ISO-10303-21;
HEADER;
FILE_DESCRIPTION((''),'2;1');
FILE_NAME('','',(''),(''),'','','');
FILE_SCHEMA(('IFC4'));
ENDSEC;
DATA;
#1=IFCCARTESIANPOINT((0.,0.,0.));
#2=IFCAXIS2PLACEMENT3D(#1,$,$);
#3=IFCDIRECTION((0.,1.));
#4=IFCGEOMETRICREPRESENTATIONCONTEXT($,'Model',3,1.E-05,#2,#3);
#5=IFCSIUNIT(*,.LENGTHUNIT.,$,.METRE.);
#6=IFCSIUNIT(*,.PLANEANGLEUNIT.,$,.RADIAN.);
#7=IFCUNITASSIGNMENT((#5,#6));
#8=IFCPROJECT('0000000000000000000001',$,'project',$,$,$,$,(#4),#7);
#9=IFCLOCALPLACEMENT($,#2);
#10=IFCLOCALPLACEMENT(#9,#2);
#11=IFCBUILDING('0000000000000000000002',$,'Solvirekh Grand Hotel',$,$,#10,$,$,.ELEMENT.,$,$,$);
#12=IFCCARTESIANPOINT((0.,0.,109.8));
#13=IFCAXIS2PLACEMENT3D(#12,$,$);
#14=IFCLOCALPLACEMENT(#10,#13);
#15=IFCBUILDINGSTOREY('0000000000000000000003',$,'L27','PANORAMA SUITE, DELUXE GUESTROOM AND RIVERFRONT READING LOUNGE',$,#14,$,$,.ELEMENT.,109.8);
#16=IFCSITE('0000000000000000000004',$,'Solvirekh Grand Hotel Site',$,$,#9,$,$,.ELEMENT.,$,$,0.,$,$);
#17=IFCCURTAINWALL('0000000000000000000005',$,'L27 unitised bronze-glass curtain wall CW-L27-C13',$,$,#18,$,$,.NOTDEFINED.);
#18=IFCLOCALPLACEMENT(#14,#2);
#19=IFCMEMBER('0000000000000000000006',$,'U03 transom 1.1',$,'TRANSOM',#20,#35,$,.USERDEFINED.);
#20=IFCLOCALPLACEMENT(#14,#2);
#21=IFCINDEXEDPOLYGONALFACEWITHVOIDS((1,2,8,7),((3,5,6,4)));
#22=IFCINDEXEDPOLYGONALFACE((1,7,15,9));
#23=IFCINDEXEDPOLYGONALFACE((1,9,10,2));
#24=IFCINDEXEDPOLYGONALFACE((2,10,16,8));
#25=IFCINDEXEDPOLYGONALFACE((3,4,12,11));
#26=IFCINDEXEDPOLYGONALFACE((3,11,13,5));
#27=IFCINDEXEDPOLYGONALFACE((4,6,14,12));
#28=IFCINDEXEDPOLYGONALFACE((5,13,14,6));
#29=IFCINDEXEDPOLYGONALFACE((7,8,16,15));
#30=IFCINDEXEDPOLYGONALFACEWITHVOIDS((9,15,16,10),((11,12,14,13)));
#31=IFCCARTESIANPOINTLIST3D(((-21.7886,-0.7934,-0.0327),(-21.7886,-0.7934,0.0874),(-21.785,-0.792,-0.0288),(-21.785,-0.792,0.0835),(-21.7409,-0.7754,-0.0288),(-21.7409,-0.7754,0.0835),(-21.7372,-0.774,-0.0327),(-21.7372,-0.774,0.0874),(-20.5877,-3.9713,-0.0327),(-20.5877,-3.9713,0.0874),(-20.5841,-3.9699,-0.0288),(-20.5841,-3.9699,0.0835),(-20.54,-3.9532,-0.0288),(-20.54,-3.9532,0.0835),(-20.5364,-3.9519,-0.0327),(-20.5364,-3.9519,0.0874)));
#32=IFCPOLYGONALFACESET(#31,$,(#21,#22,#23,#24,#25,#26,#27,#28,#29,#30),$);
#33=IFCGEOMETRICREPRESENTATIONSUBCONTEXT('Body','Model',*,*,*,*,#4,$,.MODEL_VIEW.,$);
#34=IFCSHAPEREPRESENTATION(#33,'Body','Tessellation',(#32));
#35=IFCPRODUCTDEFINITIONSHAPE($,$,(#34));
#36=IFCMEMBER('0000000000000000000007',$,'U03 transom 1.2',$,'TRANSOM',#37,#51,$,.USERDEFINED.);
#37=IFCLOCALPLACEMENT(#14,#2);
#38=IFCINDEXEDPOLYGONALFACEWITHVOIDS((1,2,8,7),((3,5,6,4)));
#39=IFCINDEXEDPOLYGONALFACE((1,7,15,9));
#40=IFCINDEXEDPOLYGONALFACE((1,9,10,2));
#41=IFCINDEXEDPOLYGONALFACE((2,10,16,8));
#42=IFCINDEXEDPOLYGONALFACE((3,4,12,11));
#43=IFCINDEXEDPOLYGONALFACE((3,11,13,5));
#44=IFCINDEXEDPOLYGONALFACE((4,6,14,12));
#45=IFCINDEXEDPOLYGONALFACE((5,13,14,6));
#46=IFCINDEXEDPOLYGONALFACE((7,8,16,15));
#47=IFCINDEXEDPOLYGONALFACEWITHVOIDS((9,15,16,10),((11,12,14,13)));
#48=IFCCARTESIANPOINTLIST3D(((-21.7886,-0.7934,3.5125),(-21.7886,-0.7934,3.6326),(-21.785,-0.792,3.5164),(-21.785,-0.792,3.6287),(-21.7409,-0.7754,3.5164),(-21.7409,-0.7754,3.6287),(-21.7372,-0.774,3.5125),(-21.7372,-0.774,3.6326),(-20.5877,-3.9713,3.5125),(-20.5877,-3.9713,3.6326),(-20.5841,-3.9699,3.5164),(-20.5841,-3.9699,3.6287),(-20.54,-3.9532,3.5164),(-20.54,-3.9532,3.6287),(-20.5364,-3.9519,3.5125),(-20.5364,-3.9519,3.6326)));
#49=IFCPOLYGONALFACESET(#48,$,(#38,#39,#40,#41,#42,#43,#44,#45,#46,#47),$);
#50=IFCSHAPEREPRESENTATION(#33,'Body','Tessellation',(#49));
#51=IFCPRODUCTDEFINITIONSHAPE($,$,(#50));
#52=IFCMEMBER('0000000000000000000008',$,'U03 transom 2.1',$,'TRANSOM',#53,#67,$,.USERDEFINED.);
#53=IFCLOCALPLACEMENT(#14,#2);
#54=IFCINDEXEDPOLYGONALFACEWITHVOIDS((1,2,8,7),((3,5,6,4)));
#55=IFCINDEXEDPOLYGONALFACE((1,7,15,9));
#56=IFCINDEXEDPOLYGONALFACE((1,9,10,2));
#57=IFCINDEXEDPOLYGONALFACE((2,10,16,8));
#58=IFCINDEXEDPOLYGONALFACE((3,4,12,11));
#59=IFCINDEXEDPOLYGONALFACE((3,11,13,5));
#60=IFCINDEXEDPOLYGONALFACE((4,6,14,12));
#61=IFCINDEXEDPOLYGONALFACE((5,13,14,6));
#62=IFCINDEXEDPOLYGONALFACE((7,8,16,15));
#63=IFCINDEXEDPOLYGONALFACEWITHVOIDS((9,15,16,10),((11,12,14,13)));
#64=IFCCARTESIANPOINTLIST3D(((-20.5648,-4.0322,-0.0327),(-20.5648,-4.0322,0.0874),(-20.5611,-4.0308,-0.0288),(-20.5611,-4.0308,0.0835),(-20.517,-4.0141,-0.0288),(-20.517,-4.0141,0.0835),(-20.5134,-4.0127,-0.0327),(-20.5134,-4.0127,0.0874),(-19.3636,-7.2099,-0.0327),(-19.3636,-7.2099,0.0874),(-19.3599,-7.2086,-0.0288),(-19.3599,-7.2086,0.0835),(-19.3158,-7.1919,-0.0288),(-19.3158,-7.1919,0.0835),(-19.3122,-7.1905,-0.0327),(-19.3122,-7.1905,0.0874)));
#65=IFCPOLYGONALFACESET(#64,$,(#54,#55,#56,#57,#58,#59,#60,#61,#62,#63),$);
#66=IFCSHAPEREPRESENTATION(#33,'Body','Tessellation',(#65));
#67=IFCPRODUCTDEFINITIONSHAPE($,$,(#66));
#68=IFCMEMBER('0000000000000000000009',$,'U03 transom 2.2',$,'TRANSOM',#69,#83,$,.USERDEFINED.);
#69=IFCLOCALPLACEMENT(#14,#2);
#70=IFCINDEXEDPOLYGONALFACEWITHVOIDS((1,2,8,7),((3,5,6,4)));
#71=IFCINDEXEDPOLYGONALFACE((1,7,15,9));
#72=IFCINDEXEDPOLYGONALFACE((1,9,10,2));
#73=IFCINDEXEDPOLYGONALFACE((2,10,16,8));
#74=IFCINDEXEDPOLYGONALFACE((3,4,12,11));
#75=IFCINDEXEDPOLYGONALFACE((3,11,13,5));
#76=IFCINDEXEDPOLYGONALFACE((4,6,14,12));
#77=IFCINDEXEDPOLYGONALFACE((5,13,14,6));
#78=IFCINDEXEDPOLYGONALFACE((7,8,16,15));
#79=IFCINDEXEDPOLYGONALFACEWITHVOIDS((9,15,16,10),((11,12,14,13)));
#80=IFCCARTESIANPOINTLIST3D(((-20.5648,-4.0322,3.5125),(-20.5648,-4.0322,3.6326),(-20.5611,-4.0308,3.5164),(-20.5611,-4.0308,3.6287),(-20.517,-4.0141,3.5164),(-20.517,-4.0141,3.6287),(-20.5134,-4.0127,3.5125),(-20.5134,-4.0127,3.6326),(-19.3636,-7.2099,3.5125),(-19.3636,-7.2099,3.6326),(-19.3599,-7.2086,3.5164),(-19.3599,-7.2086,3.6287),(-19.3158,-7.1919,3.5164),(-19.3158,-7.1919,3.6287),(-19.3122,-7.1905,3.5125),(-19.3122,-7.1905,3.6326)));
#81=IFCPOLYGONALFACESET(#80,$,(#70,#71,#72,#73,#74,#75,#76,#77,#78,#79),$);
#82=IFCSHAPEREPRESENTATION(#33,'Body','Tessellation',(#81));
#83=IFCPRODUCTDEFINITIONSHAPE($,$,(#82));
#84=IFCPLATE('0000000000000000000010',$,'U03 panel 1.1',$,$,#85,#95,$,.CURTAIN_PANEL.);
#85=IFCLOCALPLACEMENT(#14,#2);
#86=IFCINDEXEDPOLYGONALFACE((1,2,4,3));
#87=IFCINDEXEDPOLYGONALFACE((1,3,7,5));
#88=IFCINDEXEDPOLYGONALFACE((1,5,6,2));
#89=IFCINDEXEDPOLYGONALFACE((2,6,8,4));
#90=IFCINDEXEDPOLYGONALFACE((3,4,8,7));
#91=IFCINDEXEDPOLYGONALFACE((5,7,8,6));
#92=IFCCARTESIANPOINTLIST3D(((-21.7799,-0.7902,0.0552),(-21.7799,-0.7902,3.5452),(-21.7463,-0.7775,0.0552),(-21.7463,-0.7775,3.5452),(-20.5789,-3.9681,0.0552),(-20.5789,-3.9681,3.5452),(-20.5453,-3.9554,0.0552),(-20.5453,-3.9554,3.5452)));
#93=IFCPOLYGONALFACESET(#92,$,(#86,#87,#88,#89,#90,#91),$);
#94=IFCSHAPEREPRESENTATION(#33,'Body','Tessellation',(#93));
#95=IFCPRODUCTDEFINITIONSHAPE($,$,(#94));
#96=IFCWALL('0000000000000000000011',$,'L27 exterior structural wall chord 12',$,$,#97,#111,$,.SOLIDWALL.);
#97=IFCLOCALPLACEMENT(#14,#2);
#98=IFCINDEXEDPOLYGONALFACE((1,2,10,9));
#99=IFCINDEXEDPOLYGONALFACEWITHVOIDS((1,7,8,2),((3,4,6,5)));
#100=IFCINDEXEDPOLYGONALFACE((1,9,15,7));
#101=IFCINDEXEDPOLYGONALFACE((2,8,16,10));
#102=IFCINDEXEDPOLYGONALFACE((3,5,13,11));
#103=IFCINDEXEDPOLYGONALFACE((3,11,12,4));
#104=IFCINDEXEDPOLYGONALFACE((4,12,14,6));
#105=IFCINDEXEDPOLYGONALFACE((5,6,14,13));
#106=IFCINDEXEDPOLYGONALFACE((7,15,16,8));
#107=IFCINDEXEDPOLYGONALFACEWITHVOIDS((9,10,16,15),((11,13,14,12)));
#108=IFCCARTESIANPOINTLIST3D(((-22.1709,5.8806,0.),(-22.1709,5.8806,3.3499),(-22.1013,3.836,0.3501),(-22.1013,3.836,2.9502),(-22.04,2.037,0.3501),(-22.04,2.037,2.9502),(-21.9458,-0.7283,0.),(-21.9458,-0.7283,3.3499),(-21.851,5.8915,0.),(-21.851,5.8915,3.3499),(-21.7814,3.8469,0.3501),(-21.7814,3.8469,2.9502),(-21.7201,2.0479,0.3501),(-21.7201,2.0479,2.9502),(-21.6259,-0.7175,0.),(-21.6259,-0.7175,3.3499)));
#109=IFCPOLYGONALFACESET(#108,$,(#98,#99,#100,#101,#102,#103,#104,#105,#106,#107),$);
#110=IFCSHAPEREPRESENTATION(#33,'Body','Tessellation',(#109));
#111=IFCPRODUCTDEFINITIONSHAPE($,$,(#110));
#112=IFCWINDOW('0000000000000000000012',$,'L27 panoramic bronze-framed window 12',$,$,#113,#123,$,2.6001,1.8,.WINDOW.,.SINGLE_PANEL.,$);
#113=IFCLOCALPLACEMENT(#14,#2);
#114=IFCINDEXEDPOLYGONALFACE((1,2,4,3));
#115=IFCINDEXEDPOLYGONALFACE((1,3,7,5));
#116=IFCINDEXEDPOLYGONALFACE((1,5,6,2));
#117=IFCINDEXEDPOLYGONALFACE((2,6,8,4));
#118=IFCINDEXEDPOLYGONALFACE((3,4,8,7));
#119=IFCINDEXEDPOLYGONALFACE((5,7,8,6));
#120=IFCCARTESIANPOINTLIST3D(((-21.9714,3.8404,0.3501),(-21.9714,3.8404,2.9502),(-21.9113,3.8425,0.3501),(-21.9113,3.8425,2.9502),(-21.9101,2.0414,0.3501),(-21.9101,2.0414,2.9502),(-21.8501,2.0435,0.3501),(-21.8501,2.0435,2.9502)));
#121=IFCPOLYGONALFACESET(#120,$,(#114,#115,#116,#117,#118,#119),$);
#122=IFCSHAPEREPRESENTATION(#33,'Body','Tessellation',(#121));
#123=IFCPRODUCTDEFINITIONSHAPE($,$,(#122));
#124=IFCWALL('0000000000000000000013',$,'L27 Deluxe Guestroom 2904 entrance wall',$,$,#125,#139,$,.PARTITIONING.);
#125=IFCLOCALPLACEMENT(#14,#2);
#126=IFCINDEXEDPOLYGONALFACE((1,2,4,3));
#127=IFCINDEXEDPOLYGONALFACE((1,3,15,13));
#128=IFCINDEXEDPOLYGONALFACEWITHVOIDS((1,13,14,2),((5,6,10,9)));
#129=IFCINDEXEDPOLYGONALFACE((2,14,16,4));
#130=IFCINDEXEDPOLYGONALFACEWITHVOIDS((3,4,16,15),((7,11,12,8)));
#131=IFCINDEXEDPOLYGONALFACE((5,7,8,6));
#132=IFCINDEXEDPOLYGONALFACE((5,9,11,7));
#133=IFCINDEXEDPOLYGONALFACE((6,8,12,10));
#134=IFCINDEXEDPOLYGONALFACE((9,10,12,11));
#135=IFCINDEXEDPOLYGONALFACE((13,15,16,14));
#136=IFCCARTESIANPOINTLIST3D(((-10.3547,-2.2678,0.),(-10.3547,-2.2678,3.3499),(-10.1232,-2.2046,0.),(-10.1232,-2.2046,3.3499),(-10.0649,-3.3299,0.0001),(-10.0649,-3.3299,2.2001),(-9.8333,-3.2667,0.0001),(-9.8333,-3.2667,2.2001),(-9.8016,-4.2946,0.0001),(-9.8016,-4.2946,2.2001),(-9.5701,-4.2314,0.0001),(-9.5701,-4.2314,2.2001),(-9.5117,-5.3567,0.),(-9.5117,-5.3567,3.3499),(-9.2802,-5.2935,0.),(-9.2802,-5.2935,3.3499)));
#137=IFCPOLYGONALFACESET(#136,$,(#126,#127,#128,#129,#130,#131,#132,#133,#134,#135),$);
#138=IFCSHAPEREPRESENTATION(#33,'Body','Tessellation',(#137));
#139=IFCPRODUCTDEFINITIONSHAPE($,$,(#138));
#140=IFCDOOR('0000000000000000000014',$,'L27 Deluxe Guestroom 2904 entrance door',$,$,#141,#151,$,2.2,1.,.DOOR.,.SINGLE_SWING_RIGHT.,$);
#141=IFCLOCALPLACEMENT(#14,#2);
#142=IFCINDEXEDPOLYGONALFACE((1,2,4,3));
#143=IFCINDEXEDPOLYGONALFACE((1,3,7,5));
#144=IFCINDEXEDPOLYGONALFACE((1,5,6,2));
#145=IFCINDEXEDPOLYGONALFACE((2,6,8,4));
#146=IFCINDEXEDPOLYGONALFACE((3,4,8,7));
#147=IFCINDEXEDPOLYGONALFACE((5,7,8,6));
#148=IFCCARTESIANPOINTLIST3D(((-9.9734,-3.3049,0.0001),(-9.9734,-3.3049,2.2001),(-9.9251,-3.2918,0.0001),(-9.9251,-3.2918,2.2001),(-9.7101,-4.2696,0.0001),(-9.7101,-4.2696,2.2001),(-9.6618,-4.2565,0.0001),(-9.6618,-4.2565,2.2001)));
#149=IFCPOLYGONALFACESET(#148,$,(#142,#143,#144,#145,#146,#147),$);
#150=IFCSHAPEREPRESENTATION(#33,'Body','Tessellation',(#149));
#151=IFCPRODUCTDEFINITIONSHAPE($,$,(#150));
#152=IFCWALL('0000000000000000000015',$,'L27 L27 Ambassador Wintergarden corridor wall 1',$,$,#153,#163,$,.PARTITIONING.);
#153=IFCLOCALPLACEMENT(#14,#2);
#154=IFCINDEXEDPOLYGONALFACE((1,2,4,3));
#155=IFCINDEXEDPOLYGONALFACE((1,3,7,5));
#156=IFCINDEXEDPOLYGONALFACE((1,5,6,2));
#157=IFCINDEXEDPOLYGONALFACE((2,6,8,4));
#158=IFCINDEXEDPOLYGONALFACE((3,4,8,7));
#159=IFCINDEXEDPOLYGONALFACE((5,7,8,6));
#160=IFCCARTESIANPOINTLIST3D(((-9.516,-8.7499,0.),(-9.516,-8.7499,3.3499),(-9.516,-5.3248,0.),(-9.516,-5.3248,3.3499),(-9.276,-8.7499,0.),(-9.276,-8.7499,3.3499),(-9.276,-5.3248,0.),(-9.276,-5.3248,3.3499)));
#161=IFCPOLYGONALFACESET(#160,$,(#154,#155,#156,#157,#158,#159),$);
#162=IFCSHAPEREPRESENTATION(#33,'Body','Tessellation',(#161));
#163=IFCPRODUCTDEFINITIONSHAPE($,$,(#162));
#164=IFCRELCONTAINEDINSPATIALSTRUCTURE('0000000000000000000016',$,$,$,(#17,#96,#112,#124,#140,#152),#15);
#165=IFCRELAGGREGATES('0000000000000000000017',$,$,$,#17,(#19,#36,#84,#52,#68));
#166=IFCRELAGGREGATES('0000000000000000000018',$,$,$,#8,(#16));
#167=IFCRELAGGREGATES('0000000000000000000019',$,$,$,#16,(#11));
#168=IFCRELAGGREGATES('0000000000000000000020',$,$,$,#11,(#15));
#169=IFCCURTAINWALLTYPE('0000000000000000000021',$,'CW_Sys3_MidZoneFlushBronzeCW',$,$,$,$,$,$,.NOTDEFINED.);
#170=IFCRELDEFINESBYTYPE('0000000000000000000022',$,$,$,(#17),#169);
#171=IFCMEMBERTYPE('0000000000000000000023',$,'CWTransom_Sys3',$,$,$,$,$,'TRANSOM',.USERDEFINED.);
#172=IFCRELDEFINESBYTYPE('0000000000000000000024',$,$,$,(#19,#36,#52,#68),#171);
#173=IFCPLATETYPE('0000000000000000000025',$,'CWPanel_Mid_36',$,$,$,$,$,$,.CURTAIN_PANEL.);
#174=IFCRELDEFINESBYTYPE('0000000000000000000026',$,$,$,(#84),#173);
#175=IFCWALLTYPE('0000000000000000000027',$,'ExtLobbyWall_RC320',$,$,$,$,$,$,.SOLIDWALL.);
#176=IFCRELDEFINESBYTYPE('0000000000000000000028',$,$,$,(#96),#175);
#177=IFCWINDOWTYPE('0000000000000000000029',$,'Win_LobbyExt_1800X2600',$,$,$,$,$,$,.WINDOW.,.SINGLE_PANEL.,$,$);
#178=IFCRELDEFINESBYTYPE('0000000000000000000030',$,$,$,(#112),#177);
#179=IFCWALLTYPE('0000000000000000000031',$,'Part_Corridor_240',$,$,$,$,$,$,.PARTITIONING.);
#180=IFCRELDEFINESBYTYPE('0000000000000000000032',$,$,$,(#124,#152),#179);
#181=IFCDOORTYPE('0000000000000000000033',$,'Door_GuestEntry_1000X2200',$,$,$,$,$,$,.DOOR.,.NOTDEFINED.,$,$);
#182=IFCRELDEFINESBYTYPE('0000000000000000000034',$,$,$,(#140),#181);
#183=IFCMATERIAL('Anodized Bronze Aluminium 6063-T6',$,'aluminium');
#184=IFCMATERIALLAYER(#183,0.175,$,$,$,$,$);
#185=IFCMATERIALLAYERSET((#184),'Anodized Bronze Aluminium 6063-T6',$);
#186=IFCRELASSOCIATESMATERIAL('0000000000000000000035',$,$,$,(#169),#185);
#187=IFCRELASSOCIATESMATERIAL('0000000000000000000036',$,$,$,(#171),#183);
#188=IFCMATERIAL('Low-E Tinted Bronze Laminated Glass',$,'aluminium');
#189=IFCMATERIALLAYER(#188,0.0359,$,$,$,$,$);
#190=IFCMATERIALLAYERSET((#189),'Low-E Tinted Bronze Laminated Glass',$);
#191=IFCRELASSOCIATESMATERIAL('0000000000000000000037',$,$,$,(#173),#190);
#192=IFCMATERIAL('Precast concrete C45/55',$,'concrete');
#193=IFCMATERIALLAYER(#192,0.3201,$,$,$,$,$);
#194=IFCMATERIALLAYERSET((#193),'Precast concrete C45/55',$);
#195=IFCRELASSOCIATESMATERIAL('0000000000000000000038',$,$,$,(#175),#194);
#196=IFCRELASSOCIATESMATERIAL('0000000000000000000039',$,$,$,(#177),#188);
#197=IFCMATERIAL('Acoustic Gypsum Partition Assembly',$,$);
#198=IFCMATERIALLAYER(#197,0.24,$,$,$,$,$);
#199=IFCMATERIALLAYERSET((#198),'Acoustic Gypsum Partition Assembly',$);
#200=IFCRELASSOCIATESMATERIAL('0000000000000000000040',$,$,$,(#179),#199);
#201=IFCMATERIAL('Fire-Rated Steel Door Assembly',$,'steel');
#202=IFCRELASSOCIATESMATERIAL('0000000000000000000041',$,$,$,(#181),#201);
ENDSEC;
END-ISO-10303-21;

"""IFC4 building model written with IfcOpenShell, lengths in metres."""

from ifc_helpers import new_model, si_unit, direction, frame, frame_2d, origin, origin_2d, place, context, subcontext, project, spatial, rectangle, hollow_rectangle, extrude, source, transform, mapped, material, layer, layer_set, material_profile, profile_set, type_object, element, fill, aggregate, save


model = new_model("IFC4")

# Units and contexts
model_context = context("Model", 3, precision=1e-05, world=origin(), true_north=direction((0.0, 1.0)))
body_context = subcontext(model_context, "Body", "Model", "MODEL_VIEW")
ifc_project = project(units=[si_unit("LENGTHUNIT", "METRE"), si_unit("PLANEANGLEUNIT", "RADIAN")], contexts=[model_context])

# Site, building, storey
site_placement = place(None, origin())
site = spatial("IfcSite", under=ifc_project, at=site_placement, Name="Solvirekh Grand Hotel Site", CompositionType="ELEMENT", RefElevation=0.0)
building_placement = place(site_placement, origin())
building = spatial("IfcBuilding", under=site, at=building_placement, Name="Solvirekh Grand Hotel", CompositionType="ELEMENT")
storey_placement = place(building_placement, frame((0.0, 0.0, 109.8)))
storey = spatial("IfcBuildingStorey", under=building, at=storey_placement, Name="L27", Description="PANORAMA SUITE, DELUXE GUESTROOM AND RIVERFRONT READING LOUNGE", CompositionType="ELEMENT", Elevation=109.8)

# Curtain wall, members, plate
ifc_material_1 = material(Name="Anodized Bronze Aluminium 6063-T6", Category="aluminium")
ifc_layer_1 = layer(ifc_material_1, 0.175)
ifc_layer_set_1 = layer_set([ifc_layer_1], Name="Anodized Bronze Aluminium 6063-T6")
curtain_wall_type = type_object("IfcCurtainWallType", Name="CW_Sys3_MidZoneFlushBronzeCW", PredefinedType="NOTDEFINED", material=ifc_layer_set_1)
curtain_wall_placement = place(storey_placement, origin())
curtain_wall = element("IfcCurtainWall", 1, at=curtain_wall_placement, inside=storey, type_object=curtain_wall_type, Name="L27 unitised bronze-glass curtain wall CW-L27-C13", PredefinedType="NOTDEFINED")
ifc_material_profile_1 = material_profile(ifc_material_1, hollow_rectangle(XDim=0.0549, YDim=0.1201, WallThickness=0.0039, at=origin_2d()), Name="ALU RHS 120X55X4")
ifc_profile_set_1 = profile_set([ifc_material_profile_1], Name="Anodized Bronze Aluminium 6063-T6")
member_type_1 = type_object("IfcMemberType", Name="CWTransom_Sys3", ElementType="TRANSOM", PredefinedType="USERDEFINED", material=ifc_profile_set_1)
shared_shape_1 = source(origin(), body_context, "Body", "SweptSolid", [
    extrude(hollow_rectangle(XDim=0.0549, YDim=0.1201, WallThickness=0.0039, at=origin_2d()), origin(), (0.0, 0.0, 1.0), 3.3972),
])
member_1_placement = place(storey_placement, frame((-21.7629, -0.7837, 0.0273), z_axis=(0.353493, -0.935437, 0.0), x_axis=(0.935437, 0.353493, 0.0)))
member_1 = element("IfcMember", 2, at=member_1_placement, type_object=member_type_1, Name="U03 transom 1.1", ObjectType="TRANSOM", PredefinedType="USERDEFINED", context=body_context, shape_type="MappedRepresentation", body=[
    mapped(shared_shape_1, transform((0.0, 0.0, 0.0), x_axis=(1.0, 0.0, 0.0), y_axis=(0.0, 1.0, 0.0), z_axis=(0.0, 0.0, 1.0), scale=1.0)),
])
member_2_placement = place(storey_placement, frame((-21.7629, -0.7837, 3.5725), z_axis=(0.353493, -0.935437, 0.0), x_axis=(0.935437, 0.353493, 0.0)))
member_2 = element("IfcMember", 3, at=member_2_placement, type_object=member_type_1, Name="U03 transom 1.2", ObjectType="TRANSOM", PredefinedType="USERDEFINED", context=body_context, shape_type="MappedRepresentation", body=[
    mapped(shared_shape_1, transform((0.0, 0.0, 0.0), x_axis=(1.0, 0.0, 0.0), y_axis=(0.0, 1.0, 0.0), z_axis=(0.0, 0.0, 1.0), scale=1.0)),
])
member_3_placement = place(storey_placement, frame((-20.5391, -4.0225, 0.0273), z_axis=(0.353579, -0.935404, 0.0), x_axis=(0.935404, 0.353579, 0.0)))
member_3 = element("IfcMember", 4, at=member_3_placement, type_object=member_type_1, Name="U03 transom 2.1", ObjectType="TRANSOM", PredefinedType="USERDEFINED", context=body_context, shape_type="MappedRepresentation", body=[
    mapped(shared_shape_1, transform((0.0, 0.0, 0.0), x_axis=(1.0, 0.0, 0.0), y_axis=(0.0, 1.0, 0.0), z_axis=(0.0, 0.0, 1.0), scale=1.0)),
])
member_4_placement = place(storey_placement, frame((-20.5391, -4.0225, 3.5725), z_axis=(0.353579, -0.935404, 0.0), x_axis=(0.935404, 0.353579, 0.0)))
member_4 = element("IfcMember", 5, at=member_4_placement, type_object=member_type_1, Name="U03 transom 2.2", ObjectType="TRANSOM", PredefinedType="USERDEFINED", context=body_context, shape_type="MappedRepresentation", body=[
    mapped(shared_shape_1, transform((0.0, 0.0, 0.0), x_axis=(1.0, 0.0, 0.0), y_axis=(0.0, 1.0, 0.0), z_axis=(0.0, 0.0, 1.0), scale=1.0)),
])
ifc_material_2 = material(Name="Low-E Tinted Bronze Laminated Glass", Category="aluminium")
ifc_layer_2 = layer(ifc_material_2, 0.0359)
ifc_layer_set_2 = layer_set([ifc_layer_2], Name="Low-E Tinted Bronze Laminated Glass")
plate_type = type_object("IfcPlateType", Name="CWPanel_Mid_36", PredefinedType="CURTAIN_PANEL", material=ifc_layer_set_2)
shared_shape_2 = source(origin(), body_context, "Body", "SweptSolid", [
    extrude(rectangle(XDim=3.3972, YDim=0.0359, at=origin_2d()), origin(), (0.0, 0.0, 1.0), 3.49),
])
plate_placement = place(storey_placement, frame((-21.1626, -2.3728, 0.0552), z_axis=(0.0, 0.0, 1.0), x_axis=(0.353537, -0.935421, 0.0)))
plate = element("IfcPlate", 6, at=plate_placement, type_object=plate_type, Name="U03 panel 1.1", PredefinedType="CURTAIN_PANEL", context=body_context, shape_type="MappedRepresentation", body=[
    mapped(shared_shape_2, transform((0.0, 0.0, 0.0), x_axis=(1.0, 0.0, 0.0), y_axis=(0.0, 1.0, 0.0), z_axis=(0.0, 0.0, 1.0), scale=1.0)),
])
aggregate(curtain_wall, [member_1, member_2, plate, member_3, member_4])

# Wall, opening, window
ifc_material_3 = material(Name="Precast concrete C45/55", Category="concrete")
ifc_layer_3 = layer(ifc_material_3, 0.3201)
ifc_layer_set_3 = layer_set([ifc_layer_3], Name="Precast concrete C45/55")
wall_type_1 = type_object("IfcWallType", Name="ExtLobbyWall_RC320", PredefinedType="SOLIDWALL", material=ifc_layer_set_3)
wall_1_placement = place(storey_placement, frame((-21.7859, -0.7229, 0.0), z_axis=(0.0, 0.0, 1.0), x_axis=(-0.03404, 0.99942, 0.0)))
wall_1 = element("IfcWall", 7, at=wall_1_placement, inside=storey, type_object=wall_type_1, Name="L27 exterior structural wall chord 12", PredefinedType="SOLIDWALL", context=body_context, shape_type="SweptSolid", body=[
    extrude(rectangle(XDim=6.6128, YDim=0.3201, at=frame_2d((3.3064, 0.0))), origin(), (0.0, 0.0, 1.0), 3.3499),
])
opening_1_placement = place(wall_1_placement, frame((2.7671, 0.0, 0.3501)))
opening_1 = element("IfcOpeningElement", 8, at=opening_1_placement, cuts=wall_1, PredefinedType="OPENING", context=body_context, shape_type="SweptSolid", body=[
    extrude(rectangle(XDim=1.8, YDim=2.6001, at=frame_2d((0.8999, 1.3))), frame((0.0, 0.1699, 0.0), z_axis=(0.0, -1.0, 0.0), x_axis=(1.0, 0.0, 0.0)), (0.0, 0.0, 1.0), 0.3401),
])
window_type = type_object("IfcWindowType", Name="Win_LobbyExt_1800X2600", PartitioningType="SINGLE_PANEL", PredefinedType="WINDOW", material=ifc_material_2)
window_placement = place(opening_1_placement, origin())
window = element("IfcWindow", 9, at=window_placement, inside=storey, type_object=window_type, Name="L27 panoramic bronze-framed window 12", OverallHeight=2.6001, OverallWidth=1.8, PartitioningType="SINGLE_PANEL", PredefinedType="WINDOW", context=body_context, shape_type="SweptSolid", body=[
    extrude(rectangle(XDim=1.8, YDim=2.6001, at=frame_2d((0.8999, 1.3))), frame((0.0, 0.03, 0.0), z_axis=(0.0, -1.0, 0.0), x_axis=(1.0, 0.0, 0.0)), (0.0, 0.0, 1.0), 0.0601),
])
fill(opening_1, window)

# Wall, opening, door
ifc_material_4 = material(Name="Acoustic Gypsum Partition Assembly")
ifc_layer_4 = layer(ifc_material_4, 0.24)
ifc_layer_set_4 = layer_set([ifc_layer_4], Name="Acoustic Gypsum Partition Assembly")
wall_type_2 = type_object("IfcWallType", Name="Part_Corridor_240", PredefinedType="PARTITIONING", material=ifc_layer_set_4)
wall_2_placement = place(storey_placement, frame((-10.239, -2.2361, 0.0), z_axis=(0.0, 0.0, 1.0), x_axis=(0.263292, -0.964716, 0.0)))
wall_2 = element("IfcWall", 10, at=wall_2_placement, inside=storey, type_object=wall_type_2, Name="L27 Deluxe Guestroom 2904 entrance wall", PredefinedType="PARTITIONING", context=body_context, shape_type="SweptSolid", body=[
    extrude(rectangle(XDim=3.2019, YDim=0.24, at=frame_2d((1.6011, 0.0))), origin(), (0.0, 0.0, 1.0), 3.3499),
])
opening_2_placement = place(wall_2_placement, frame((1.1011, 0.0, 0.0)))
opening_2 = element("IfcOpeningElement", 11, at=opening_2_placement, cuts=wall_2, PredefinedType="OPENING", context=body_context, shape_type="SweptSolid", body=[
    extrude(rectangle(XDim=1.0, YDim=2.2, at=frame_2d((0.5, 1.1001))), frame((0.0, 0.1299, 0.0), z_axis=(0.0, -1.0, 0.0), x_axis=(1.0, 0.0, 0.0)), (0.0, 0.0, 1.0), 0.26),
])
ifc_material_5 = material(Name="Fire-Rated Steel Door Assembly", Category="steel")
door_type_1 = type_object("IfcDoorType", Name="Door_GuestEntry_1000X2200", OperationType="NOTDEFINED", PredefinedType="DOOR", material=ifc_material_5)
door_1_placement = place(opening_2_placement, origin())
door_1 = element("IfcDoor", 12, at=door_1_placement, inside=storey, type_object=door_type_1, Name="L27 Deluxe Guestroom 2904 entrance door", OperationType="SINGLE_SWING_RIGHT", OverallHeight=2.2, OverallWidth=1.0, PredefinedType="DOOR", context=body_context, shape_type="SweptSolid", body=[
    extrude(rectangle(XDim=1.0, YDim=2.2, at=frame_2d((0.5, 1.1001))), frame((0.0, 0.0249, 0.0), z_axis=(0.0, -1.0, 0.0), x_axis=(1.0, 0.0, 0.0)), (0.0, 0.0, 1.0), 0.05),
])
fill(opening_2, door_1)

# Wall
wall_3_placement = place(storey_placement, frame((-9.396, -5.325, 0.0), z_axis=(0.0, 0.0, 1.0), x_axis=(0.0, -1.0, 0.0)))
element("IfcWall", 13, at=wall_3_placement, inside=storey, type_object=wall_type_2, Name="L27 L27 Ambassador Wintergarden corridor wall 1", PredefinedType="PARTITIONING", context=body_context, shape_type="SweptSolid", body=[
    extrude(rectangle(XDim=3.425, YDim=0.24, at=frame_2d((1.7124, 0.0))), origin(), (0.0, 0.0, 1.0), 3.3499),
])

save(model, "model.ifc")
